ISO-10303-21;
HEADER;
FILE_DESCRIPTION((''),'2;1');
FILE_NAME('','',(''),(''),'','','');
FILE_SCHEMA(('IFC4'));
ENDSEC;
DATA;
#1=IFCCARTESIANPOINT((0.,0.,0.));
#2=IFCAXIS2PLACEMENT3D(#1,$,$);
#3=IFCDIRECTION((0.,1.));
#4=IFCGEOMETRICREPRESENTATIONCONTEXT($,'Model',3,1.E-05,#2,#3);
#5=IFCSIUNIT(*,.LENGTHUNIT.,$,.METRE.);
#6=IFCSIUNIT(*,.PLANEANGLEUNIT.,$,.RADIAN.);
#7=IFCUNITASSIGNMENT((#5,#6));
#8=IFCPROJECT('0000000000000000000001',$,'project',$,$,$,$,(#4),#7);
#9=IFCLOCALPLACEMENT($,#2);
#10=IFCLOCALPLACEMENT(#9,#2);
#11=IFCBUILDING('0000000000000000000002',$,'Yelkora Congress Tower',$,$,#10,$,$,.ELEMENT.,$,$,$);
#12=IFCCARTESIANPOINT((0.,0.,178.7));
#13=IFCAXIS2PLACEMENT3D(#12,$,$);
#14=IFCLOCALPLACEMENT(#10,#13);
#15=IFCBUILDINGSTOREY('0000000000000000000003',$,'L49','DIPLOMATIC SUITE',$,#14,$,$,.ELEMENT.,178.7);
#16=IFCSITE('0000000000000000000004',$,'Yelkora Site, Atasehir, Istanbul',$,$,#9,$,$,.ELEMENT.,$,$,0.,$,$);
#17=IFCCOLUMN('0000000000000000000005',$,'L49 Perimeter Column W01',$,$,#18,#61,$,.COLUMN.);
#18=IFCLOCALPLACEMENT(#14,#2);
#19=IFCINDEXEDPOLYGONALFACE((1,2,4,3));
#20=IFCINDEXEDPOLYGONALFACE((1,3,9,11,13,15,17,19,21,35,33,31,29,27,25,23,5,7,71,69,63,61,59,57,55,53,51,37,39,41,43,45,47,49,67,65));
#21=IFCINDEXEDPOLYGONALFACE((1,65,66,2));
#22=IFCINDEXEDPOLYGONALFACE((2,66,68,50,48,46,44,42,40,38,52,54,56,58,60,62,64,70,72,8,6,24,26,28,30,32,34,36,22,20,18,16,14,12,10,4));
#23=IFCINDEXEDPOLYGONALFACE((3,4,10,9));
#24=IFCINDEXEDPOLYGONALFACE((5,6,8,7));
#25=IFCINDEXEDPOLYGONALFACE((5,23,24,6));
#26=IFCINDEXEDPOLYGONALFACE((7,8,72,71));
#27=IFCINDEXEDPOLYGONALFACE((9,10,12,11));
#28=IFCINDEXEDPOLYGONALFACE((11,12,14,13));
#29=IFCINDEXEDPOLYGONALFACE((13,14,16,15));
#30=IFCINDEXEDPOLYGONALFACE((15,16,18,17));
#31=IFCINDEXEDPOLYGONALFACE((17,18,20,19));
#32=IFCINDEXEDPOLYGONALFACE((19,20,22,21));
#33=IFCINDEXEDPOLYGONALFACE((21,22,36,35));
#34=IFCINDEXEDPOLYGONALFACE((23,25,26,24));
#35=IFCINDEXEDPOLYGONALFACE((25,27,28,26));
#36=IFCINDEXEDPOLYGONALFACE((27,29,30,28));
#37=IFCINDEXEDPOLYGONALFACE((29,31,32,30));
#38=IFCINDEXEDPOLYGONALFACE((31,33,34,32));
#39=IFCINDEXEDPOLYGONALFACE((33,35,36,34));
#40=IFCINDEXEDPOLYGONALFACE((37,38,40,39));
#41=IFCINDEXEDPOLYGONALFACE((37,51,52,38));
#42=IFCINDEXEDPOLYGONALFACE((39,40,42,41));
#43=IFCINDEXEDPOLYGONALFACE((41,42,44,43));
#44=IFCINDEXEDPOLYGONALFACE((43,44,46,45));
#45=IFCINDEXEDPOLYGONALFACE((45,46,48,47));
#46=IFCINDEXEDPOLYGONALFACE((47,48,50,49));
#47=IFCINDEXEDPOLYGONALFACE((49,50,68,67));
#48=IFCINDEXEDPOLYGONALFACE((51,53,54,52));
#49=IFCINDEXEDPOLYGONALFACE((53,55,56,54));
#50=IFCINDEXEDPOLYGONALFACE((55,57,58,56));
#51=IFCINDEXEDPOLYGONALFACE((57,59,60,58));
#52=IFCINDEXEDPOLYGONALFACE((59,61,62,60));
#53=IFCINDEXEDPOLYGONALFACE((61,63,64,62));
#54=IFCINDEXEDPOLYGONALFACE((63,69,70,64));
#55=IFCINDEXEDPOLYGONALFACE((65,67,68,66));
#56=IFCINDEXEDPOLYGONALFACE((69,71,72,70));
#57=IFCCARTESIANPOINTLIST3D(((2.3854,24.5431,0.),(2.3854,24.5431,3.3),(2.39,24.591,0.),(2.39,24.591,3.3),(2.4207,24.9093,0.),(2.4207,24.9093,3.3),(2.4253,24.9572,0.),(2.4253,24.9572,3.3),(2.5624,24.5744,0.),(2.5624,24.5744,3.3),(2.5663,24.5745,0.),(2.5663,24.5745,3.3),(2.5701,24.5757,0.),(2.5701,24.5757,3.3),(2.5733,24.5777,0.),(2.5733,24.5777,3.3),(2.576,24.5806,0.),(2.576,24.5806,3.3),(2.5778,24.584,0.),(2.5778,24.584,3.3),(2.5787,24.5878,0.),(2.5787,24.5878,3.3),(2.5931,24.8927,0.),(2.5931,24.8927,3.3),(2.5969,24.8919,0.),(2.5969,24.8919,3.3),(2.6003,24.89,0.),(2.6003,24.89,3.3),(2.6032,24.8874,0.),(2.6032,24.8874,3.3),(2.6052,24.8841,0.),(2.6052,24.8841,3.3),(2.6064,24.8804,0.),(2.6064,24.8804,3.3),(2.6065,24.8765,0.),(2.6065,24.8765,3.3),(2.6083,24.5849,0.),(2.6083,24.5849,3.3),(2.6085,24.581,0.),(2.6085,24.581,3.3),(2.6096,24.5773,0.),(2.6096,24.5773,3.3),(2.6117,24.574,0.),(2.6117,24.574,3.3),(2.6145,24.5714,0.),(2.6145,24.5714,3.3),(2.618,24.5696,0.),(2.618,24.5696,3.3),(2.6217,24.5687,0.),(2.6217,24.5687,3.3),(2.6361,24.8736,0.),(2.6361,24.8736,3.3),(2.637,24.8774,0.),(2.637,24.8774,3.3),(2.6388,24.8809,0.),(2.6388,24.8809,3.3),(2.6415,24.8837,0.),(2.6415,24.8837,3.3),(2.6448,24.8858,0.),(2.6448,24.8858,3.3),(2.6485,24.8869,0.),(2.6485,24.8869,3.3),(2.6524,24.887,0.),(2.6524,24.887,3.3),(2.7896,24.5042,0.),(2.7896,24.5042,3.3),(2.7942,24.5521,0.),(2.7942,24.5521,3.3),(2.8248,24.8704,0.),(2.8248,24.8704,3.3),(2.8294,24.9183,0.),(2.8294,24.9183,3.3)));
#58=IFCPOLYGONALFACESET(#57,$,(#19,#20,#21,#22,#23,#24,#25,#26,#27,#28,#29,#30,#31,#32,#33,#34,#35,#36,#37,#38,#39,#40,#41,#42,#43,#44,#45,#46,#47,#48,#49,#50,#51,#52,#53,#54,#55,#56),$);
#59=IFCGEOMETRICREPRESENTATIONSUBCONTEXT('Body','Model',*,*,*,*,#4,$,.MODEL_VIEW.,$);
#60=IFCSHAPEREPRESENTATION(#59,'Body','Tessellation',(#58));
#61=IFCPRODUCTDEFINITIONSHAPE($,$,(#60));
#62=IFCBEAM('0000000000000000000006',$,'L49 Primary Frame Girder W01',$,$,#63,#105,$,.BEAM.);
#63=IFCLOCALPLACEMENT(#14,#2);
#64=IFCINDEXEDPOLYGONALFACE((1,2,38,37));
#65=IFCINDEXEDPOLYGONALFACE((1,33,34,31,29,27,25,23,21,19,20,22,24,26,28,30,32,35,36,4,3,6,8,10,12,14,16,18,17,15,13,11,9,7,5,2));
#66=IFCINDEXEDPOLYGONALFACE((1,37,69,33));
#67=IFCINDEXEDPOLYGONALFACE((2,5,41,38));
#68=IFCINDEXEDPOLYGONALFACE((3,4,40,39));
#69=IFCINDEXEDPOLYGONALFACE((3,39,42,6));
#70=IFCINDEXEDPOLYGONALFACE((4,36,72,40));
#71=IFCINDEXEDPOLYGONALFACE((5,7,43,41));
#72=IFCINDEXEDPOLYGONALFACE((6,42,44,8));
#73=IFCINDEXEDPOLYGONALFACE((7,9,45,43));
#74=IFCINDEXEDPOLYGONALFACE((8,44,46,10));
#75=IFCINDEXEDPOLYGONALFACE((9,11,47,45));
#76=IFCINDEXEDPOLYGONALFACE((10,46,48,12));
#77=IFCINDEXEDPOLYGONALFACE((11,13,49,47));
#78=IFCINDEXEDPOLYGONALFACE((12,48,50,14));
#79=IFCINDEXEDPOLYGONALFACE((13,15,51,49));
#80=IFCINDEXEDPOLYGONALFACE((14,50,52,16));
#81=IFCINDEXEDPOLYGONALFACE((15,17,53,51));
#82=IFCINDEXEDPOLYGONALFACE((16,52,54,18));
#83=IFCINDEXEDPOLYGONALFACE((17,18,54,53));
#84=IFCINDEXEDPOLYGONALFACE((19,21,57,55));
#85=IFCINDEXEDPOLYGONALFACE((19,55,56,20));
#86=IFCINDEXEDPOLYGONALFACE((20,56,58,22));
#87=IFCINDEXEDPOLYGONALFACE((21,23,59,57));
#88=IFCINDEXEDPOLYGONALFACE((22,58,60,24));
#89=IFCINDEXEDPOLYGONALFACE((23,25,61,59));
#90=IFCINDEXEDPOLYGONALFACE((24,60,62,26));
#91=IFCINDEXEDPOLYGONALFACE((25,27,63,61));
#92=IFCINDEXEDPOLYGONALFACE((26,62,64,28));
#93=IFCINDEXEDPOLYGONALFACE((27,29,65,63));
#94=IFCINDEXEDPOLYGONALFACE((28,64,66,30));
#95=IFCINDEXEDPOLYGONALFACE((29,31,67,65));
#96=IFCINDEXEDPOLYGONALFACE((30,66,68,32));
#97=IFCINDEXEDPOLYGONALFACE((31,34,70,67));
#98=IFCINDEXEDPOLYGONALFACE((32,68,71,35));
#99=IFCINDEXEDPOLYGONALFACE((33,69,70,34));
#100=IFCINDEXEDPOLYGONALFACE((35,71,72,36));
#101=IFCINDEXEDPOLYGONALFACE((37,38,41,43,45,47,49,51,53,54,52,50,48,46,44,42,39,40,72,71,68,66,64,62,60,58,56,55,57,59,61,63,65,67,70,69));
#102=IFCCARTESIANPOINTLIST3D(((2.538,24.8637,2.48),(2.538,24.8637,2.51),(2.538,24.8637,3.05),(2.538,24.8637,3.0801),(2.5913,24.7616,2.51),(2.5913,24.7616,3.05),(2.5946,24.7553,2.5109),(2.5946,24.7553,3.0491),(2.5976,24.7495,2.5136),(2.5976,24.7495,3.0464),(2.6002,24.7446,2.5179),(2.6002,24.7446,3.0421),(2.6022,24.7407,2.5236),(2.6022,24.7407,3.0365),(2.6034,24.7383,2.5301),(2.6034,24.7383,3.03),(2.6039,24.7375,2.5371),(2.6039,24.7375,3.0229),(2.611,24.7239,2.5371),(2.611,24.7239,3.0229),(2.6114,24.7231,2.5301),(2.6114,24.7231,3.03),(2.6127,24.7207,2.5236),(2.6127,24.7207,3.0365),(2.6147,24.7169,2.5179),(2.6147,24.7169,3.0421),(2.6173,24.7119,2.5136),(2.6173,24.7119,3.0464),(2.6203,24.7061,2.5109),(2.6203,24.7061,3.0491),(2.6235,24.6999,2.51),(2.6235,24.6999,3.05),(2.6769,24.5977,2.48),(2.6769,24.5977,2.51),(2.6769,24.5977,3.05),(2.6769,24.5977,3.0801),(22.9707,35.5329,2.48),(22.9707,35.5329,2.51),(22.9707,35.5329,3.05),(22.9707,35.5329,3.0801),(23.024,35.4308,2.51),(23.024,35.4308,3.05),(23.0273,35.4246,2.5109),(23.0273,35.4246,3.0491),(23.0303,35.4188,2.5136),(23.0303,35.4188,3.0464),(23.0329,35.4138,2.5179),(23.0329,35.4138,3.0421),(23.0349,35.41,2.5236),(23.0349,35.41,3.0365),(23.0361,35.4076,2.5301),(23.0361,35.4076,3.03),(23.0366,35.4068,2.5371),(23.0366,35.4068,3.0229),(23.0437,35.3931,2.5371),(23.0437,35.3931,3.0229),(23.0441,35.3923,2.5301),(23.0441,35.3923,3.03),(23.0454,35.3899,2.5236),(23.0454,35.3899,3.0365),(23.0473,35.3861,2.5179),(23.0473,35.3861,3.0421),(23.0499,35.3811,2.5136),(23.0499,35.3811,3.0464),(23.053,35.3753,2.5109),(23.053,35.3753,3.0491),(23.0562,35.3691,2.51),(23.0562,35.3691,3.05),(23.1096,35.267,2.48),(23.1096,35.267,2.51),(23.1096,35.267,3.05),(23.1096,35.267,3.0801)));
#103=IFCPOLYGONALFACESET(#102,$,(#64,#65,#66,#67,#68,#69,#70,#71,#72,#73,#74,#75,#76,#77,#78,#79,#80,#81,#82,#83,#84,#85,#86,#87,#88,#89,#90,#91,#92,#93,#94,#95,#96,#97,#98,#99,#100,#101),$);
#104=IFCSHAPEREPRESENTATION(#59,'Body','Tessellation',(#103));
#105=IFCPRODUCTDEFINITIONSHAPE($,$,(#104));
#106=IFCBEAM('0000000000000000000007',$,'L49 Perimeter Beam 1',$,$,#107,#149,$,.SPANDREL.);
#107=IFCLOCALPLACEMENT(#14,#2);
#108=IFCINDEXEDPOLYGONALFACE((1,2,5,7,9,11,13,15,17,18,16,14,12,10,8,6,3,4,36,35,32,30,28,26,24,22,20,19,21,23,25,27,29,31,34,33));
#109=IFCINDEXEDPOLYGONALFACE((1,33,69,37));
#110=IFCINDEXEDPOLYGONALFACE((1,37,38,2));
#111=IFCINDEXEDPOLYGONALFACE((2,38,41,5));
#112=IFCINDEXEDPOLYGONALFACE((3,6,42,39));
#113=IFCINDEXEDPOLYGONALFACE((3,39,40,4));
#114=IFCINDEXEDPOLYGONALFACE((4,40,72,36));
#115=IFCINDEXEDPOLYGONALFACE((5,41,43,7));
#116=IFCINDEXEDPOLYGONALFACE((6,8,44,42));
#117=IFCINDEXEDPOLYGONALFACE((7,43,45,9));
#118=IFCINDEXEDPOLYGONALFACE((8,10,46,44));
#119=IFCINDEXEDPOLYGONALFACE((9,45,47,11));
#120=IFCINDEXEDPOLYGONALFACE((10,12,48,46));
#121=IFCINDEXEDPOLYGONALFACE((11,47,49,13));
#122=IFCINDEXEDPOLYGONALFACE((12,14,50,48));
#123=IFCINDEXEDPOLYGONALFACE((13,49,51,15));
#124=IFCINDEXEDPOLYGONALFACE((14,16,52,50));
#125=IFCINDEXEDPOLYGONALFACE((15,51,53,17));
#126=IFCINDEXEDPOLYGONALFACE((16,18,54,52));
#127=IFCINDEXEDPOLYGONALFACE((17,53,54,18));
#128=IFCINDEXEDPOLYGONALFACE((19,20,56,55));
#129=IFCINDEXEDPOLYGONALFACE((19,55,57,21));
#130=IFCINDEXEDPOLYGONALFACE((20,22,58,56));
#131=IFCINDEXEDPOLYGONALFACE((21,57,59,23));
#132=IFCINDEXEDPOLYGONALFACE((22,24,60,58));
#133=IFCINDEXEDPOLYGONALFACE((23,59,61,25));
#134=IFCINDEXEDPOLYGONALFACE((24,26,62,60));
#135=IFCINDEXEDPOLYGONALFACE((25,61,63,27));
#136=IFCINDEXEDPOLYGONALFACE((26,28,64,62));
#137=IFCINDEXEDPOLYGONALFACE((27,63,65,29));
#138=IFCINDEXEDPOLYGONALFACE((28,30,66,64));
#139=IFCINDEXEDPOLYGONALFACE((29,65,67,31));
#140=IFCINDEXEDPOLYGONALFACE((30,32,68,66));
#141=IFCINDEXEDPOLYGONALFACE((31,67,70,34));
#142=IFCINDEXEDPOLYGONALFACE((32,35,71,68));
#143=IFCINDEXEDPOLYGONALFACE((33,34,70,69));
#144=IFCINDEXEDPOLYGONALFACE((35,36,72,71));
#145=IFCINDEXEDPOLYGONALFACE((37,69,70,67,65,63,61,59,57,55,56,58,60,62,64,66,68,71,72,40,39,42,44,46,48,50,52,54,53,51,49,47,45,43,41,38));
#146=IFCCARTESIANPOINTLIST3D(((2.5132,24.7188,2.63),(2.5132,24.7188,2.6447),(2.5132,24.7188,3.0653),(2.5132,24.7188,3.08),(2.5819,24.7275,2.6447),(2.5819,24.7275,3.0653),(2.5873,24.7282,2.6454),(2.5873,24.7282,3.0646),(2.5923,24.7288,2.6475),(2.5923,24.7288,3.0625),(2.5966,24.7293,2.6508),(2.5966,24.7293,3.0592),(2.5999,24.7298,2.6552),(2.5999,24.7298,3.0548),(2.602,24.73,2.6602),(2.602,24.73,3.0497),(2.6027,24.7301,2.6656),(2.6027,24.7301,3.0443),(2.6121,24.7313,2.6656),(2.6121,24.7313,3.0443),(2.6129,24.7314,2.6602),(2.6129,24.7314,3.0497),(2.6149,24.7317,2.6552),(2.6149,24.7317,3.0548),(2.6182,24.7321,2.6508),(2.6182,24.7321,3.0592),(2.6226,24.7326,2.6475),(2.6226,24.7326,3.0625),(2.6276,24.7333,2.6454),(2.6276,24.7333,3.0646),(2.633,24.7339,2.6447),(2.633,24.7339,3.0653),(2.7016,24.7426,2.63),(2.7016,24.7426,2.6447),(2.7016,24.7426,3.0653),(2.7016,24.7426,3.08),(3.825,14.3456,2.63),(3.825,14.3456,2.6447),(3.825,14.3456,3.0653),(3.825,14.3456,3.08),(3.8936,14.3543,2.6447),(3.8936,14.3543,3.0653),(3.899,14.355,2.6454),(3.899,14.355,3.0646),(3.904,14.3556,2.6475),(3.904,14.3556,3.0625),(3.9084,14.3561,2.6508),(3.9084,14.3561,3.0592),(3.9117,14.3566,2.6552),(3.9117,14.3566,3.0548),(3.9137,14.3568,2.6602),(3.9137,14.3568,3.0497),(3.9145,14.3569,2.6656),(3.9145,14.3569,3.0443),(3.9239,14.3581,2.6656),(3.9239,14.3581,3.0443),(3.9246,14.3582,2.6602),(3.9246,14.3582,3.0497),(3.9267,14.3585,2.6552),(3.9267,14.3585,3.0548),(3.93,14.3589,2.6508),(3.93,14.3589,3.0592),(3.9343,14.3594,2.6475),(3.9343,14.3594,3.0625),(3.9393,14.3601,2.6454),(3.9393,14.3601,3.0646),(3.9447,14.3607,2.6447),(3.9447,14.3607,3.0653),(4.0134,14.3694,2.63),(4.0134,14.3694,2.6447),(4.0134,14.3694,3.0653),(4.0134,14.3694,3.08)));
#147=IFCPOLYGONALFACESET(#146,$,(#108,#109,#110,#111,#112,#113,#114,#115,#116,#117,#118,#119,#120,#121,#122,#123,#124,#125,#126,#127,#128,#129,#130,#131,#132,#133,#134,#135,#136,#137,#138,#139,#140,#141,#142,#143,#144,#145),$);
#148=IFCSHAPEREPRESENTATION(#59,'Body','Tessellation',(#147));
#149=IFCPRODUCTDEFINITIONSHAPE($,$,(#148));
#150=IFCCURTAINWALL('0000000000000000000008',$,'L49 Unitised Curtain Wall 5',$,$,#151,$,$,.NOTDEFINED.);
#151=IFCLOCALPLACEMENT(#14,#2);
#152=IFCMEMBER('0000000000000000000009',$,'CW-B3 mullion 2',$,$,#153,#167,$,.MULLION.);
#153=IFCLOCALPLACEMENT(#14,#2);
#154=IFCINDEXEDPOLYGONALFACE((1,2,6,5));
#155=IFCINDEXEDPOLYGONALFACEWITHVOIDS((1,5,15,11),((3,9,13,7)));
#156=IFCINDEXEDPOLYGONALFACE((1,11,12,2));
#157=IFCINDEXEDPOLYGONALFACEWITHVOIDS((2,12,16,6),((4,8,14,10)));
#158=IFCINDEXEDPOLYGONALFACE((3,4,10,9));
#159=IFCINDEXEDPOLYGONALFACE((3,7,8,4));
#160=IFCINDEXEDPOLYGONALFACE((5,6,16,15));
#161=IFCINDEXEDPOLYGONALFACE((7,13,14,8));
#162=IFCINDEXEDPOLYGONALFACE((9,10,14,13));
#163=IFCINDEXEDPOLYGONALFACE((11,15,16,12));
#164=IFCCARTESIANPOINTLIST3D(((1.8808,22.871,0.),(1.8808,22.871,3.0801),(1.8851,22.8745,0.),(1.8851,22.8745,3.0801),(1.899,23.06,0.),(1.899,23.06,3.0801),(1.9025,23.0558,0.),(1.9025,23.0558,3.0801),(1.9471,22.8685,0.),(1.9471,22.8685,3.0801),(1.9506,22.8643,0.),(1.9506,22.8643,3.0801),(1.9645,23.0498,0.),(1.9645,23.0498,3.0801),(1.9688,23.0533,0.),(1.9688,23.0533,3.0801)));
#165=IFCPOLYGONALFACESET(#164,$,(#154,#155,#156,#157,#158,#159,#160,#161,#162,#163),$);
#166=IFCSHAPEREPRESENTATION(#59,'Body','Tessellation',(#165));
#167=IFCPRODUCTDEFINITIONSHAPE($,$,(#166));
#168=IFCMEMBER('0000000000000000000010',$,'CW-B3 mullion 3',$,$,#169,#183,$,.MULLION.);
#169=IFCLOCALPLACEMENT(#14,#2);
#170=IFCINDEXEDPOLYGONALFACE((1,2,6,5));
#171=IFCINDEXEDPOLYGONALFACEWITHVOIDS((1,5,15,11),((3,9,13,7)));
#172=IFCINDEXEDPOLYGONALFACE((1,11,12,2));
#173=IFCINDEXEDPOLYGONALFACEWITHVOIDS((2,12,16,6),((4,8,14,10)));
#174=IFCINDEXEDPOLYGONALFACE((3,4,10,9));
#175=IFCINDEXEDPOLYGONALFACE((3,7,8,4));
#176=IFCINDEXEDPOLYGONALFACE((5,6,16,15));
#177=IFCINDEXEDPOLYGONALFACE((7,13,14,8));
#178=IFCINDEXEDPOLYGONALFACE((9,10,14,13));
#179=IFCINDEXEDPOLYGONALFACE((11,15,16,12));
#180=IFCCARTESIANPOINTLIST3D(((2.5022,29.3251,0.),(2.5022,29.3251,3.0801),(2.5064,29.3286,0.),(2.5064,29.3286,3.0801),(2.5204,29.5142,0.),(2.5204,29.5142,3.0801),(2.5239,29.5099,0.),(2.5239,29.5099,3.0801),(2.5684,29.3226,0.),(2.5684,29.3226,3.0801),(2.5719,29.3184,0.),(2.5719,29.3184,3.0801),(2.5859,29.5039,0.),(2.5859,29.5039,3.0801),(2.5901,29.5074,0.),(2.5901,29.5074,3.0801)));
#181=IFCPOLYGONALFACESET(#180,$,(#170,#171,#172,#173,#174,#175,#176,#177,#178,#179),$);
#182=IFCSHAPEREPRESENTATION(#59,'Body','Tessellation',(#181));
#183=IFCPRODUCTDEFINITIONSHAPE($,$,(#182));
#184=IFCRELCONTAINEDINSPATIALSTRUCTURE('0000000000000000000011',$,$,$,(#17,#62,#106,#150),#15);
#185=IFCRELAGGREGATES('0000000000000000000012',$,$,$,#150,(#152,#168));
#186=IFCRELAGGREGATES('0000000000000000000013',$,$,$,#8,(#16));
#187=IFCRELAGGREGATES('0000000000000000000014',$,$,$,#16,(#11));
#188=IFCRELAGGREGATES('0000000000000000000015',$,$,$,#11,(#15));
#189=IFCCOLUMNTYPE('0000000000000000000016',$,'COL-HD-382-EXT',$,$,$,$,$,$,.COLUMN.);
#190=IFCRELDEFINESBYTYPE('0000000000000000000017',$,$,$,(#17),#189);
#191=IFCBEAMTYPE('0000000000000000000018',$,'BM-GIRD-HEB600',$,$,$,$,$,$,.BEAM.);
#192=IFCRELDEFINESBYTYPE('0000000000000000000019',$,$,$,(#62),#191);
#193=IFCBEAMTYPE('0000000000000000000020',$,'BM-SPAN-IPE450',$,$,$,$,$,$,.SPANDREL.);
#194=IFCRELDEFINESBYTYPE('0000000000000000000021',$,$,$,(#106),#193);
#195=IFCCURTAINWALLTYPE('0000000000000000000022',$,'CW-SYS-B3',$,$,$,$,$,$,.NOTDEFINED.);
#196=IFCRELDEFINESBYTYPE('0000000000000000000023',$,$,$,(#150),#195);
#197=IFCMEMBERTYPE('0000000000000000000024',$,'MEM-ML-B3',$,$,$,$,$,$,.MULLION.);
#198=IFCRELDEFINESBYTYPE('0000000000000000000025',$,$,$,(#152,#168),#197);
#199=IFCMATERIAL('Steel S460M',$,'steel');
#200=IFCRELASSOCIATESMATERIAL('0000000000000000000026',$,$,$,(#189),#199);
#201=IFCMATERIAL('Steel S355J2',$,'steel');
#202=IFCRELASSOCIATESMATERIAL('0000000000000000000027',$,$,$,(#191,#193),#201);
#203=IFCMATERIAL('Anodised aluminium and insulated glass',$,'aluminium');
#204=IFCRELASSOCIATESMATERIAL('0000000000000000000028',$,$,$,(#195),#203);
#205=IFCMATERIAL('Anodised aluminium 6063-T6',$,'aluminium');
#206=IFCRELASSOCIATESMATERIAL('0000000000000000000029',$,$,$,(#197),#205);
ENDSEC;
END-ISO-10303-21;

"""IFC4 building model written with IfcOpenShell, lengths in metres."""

from ifc_helpers import new_model, si_unit, direction, frame, origin, origin_2d, place, context, subcontext, project, spatial, hollow_rectangle, i_section, extrude, material, material_profile, profile_set, type_object, element, aggregate, save


model = new_model("IFC4")

# Units and contexts
model_context = context("Model", 3, precision=1e-05, world=origin(), true_north=direction((0.0, 1.0)))
body_context = subcontext(model_context, "Body", "Model", "MODEL_VIEW")
ifc_project = project(units=[si_unit("LENGTHUNIT", "METRE"), si_unit("PLANEANGLEUNIT", "RADIAN")], contexts=[model_context])

# Site, building, storey
site_placement = place(None, origin())
site = spatial("IfcSite", under=ifc_project, at=site_placement, Name="Yelkora Site, Atasehir, Istanbul", CompositionType="ELEMENT", RefElevation=0.0)
building_placement = place(site_placement, origin())
building = spatial("IfcBuilding", under=site, at=building_placement, Name="Yelkora Congress Tower", CompositionType="ELEMENT")
storey_placement = place(building_placement, frame((0.0, 0.0, 178.7)))
storey = spatial("IfcBuildingStorey", under=building, at=storey_placement, Name="L49", Description="DIPLOMATIC SUITE", CompositionType="ELEMENT", Elevation=178.7)

# Column
ifc_material_1 = material(Name="Steel S460M", Category="steel")
ifc_material_profile_1 = material_profile(ifc_material_1, i_section(OverallWidth=0.406, OverallDepth=0.416, WebThickness=0.0298, FlangeThickness=0.0481, FilletRadius=0.0149, at=origin_2d()), Name="HD 400x382")
ifc_profile_set_1 = profile_set([ifc_material_profile_1], Name="Steel S460M")
column_type = type_object("IfcColumnType", Name="COL-HD-382-EXT", PredefinedType="COLUMN", material=ifc_profile_set_1)
column_placement = place(storey_placement, frame((2.6074, 24.7307, 0.0), z_axis=(0.0, 0.0, 1.0), x_axis=(0.995396, -0.095846, 0.0)))
element("IfcColumn", 1, at=column_placement, inside=storey, type_object=column_type, Name="L49 Perimeter Column W01", PredefinedType="COLUMN", context=body_context, shape_type="SweptSolid", body=[
    extrude(i_section(OverallWidth=0.406, OverallDepth=0.416, WebThickness=0.0298, FlangeThickness=0.0481, FilletRadius=0.0149, at=origin_2d()), origin(), (0.0, 0.0, 1.0), 3.3),
])

# Beams
ifc_material_2 = material(Name="Steel S355J2", Category="steel")
ifc_material_profile_2 = material_profile(ifc_material_2, i_section(OverallWidth=0.3, OverallDepth=0.6001, WebThickness=0.0154, FlangeThickness=0.03, FilletRadius=0.0271, at=origin_2d()), Name="HEB 600")
ifc_profile_set_2 = profile_set([ifc_material_profile_2], Name="Steel S355J2")
beam_type_1 = type_object("IfcBeamType", Name="BM-GIRD-HEB600", PredefinedType="BEAM", material=ifc_profile_set_2)
beam_1_placement = place(storey_placement, frame((2.6074, 24.7307, 2.78), z_axis=(0.88643, 0.462862, 0.0), x_axis=(-0.462862, 0.88643, 0.0)))
element("IfcBeam", 2, at=beam_1_placement, inside=storey, type_object=beam_type_1, Name="L49 Primary Frame Girder W01", PredefinedType="BEAM", context=body_context, shape_type="SweptSolid", body=[
    extrude(i_section(OverallWidth=0.3, OverallDepth=0.6001, WebThickness=0.0154, FlangeThickness=0.03, FilletRadius=0.0271, at=origin_2d()), origin(), (0.0, 0.0, 1.0), 23.0505),
])
ifc_material_profile_3 = material_profile(ifc_material_2, i_section(OverallWidth=0.1899, OverallDepth=0.45, WebThickness=0.0095, FlangeThickness=0.0146, FilletRadius=0.021, at=origin_2d()), Name="IPE 450")
ifc_profile_set_3 = profile_set([ifc_material_profile_3], Name="Steel S355J2")
beam_type_2 = type_object("IfcBeamType", Name="BM-SPAN-IPE450", PredefinedType="SPANDREL", material=ifc_profile_set_3)
beam_2_placement = place(storey_placement, frame((2.6074, 24.7307, 2.855), z_axis=(0.125457, -0.992099, 0.0), x_axis=(0.992099, 0.125457, 0.0)))
element("IfcBeam", 3, at=beam_2_placement, inside=storey, type_object=beam_type_2, Name="L49 Perimeter Beam 1", PredefinedType="SPANDREL", context=body_context, shape_type="SweptSolid", body=[
    extrude(i_section(OverallWidth=0.1899, OverallDepth=0.45, WebThickness=0.0095, FlangeThickness=0.0146, FilletRadius=0.021, at=origin_2d()), origin(), (0.0, 0.0, 1.0), 10.4558),
])

# Curtain wall, members
ifc_material_3 = material(Name="Anodised aluminium and insulated glass", Category="aluminium")
curtain_wall_type = type_object("IfcCurtainWallType", Name="CW-SYS-B3", PredefinedType="NOTDEFINED", material=ifc_material_3)
curtain_wall_placement = place(storey_placement, origin())
curtain_wall = element("IfcCurtainWall", 4, at=curtain_wall_placement, inside=storey, type_object=curtain_wall_type, Name="L49 Unitised Curtain Wall 5", PredefinedType="NOTDEFINED")
ifc_material_4 = material(Name="Anodised aluminium 6063-T6", Category="aluminium")
ifc_material_profile_4 = material_profile(ifc_material_4, hollow_rectangle(XDim=0.0701, YDim=0.1899, WallThickness=0.0039, at=origin_2d()), Name="ALU 70x190x4")
ifc_profile_set_4 = profile_set([ifc_material_profile_4], Name="Anodised aluminium 6063-T6")
member_type_1 = type_object("IfcMemberType", Name="MEM-ML-B3", PredefinedType="MULLION", material=ifc_profile_set_4)
member_1_placement = place(storey_placement, frame((1.9248, 22.9622, 0.0), z_axis=(0.0, 0.0, 1.0), x_axis=(-0.995396, 0.095845, 0.0)))
member_1 = element("IfcMember", 5, at=member_1_placement, type_object=member_type_1, Name="CW-B3 mullion 2", PredefinedType="MULLION", context=body_context, shape_type="SweptSolid", body=[
    extrude(hollow_rectangle(XDim=0.0701, YDim=0.1899, WallThickness=0.0039, at=origin_2d()), origin(), (0.0, 0.0, 1.0), 3.0801),
])
member_2_placement = place(storey_placement, frame((2.5461, 29.4163, 0.0), z_axis=(0.0, 0.0, 1.0), x_axis=(-0.995396, 0.095845, 0.0)))
member_2 = element("IfcMember", 6, at=member_2_placement, type_object=member_type_1, Name="CW-B3 mullion 3", PredefinedType="MULLION", context=body_context, shape_type="SweptSolid", body=[
    extrude(hollow_rectangle(XDim=0.0701, YDim=0.1899, WallThickness=0.0039, at=origin_2d()), origin(), (0.0, 0.0, 1.0), 3.0801),
])
aggregate(curtain_wall, [member_1, member_2])

save(model, "model.ifc")
